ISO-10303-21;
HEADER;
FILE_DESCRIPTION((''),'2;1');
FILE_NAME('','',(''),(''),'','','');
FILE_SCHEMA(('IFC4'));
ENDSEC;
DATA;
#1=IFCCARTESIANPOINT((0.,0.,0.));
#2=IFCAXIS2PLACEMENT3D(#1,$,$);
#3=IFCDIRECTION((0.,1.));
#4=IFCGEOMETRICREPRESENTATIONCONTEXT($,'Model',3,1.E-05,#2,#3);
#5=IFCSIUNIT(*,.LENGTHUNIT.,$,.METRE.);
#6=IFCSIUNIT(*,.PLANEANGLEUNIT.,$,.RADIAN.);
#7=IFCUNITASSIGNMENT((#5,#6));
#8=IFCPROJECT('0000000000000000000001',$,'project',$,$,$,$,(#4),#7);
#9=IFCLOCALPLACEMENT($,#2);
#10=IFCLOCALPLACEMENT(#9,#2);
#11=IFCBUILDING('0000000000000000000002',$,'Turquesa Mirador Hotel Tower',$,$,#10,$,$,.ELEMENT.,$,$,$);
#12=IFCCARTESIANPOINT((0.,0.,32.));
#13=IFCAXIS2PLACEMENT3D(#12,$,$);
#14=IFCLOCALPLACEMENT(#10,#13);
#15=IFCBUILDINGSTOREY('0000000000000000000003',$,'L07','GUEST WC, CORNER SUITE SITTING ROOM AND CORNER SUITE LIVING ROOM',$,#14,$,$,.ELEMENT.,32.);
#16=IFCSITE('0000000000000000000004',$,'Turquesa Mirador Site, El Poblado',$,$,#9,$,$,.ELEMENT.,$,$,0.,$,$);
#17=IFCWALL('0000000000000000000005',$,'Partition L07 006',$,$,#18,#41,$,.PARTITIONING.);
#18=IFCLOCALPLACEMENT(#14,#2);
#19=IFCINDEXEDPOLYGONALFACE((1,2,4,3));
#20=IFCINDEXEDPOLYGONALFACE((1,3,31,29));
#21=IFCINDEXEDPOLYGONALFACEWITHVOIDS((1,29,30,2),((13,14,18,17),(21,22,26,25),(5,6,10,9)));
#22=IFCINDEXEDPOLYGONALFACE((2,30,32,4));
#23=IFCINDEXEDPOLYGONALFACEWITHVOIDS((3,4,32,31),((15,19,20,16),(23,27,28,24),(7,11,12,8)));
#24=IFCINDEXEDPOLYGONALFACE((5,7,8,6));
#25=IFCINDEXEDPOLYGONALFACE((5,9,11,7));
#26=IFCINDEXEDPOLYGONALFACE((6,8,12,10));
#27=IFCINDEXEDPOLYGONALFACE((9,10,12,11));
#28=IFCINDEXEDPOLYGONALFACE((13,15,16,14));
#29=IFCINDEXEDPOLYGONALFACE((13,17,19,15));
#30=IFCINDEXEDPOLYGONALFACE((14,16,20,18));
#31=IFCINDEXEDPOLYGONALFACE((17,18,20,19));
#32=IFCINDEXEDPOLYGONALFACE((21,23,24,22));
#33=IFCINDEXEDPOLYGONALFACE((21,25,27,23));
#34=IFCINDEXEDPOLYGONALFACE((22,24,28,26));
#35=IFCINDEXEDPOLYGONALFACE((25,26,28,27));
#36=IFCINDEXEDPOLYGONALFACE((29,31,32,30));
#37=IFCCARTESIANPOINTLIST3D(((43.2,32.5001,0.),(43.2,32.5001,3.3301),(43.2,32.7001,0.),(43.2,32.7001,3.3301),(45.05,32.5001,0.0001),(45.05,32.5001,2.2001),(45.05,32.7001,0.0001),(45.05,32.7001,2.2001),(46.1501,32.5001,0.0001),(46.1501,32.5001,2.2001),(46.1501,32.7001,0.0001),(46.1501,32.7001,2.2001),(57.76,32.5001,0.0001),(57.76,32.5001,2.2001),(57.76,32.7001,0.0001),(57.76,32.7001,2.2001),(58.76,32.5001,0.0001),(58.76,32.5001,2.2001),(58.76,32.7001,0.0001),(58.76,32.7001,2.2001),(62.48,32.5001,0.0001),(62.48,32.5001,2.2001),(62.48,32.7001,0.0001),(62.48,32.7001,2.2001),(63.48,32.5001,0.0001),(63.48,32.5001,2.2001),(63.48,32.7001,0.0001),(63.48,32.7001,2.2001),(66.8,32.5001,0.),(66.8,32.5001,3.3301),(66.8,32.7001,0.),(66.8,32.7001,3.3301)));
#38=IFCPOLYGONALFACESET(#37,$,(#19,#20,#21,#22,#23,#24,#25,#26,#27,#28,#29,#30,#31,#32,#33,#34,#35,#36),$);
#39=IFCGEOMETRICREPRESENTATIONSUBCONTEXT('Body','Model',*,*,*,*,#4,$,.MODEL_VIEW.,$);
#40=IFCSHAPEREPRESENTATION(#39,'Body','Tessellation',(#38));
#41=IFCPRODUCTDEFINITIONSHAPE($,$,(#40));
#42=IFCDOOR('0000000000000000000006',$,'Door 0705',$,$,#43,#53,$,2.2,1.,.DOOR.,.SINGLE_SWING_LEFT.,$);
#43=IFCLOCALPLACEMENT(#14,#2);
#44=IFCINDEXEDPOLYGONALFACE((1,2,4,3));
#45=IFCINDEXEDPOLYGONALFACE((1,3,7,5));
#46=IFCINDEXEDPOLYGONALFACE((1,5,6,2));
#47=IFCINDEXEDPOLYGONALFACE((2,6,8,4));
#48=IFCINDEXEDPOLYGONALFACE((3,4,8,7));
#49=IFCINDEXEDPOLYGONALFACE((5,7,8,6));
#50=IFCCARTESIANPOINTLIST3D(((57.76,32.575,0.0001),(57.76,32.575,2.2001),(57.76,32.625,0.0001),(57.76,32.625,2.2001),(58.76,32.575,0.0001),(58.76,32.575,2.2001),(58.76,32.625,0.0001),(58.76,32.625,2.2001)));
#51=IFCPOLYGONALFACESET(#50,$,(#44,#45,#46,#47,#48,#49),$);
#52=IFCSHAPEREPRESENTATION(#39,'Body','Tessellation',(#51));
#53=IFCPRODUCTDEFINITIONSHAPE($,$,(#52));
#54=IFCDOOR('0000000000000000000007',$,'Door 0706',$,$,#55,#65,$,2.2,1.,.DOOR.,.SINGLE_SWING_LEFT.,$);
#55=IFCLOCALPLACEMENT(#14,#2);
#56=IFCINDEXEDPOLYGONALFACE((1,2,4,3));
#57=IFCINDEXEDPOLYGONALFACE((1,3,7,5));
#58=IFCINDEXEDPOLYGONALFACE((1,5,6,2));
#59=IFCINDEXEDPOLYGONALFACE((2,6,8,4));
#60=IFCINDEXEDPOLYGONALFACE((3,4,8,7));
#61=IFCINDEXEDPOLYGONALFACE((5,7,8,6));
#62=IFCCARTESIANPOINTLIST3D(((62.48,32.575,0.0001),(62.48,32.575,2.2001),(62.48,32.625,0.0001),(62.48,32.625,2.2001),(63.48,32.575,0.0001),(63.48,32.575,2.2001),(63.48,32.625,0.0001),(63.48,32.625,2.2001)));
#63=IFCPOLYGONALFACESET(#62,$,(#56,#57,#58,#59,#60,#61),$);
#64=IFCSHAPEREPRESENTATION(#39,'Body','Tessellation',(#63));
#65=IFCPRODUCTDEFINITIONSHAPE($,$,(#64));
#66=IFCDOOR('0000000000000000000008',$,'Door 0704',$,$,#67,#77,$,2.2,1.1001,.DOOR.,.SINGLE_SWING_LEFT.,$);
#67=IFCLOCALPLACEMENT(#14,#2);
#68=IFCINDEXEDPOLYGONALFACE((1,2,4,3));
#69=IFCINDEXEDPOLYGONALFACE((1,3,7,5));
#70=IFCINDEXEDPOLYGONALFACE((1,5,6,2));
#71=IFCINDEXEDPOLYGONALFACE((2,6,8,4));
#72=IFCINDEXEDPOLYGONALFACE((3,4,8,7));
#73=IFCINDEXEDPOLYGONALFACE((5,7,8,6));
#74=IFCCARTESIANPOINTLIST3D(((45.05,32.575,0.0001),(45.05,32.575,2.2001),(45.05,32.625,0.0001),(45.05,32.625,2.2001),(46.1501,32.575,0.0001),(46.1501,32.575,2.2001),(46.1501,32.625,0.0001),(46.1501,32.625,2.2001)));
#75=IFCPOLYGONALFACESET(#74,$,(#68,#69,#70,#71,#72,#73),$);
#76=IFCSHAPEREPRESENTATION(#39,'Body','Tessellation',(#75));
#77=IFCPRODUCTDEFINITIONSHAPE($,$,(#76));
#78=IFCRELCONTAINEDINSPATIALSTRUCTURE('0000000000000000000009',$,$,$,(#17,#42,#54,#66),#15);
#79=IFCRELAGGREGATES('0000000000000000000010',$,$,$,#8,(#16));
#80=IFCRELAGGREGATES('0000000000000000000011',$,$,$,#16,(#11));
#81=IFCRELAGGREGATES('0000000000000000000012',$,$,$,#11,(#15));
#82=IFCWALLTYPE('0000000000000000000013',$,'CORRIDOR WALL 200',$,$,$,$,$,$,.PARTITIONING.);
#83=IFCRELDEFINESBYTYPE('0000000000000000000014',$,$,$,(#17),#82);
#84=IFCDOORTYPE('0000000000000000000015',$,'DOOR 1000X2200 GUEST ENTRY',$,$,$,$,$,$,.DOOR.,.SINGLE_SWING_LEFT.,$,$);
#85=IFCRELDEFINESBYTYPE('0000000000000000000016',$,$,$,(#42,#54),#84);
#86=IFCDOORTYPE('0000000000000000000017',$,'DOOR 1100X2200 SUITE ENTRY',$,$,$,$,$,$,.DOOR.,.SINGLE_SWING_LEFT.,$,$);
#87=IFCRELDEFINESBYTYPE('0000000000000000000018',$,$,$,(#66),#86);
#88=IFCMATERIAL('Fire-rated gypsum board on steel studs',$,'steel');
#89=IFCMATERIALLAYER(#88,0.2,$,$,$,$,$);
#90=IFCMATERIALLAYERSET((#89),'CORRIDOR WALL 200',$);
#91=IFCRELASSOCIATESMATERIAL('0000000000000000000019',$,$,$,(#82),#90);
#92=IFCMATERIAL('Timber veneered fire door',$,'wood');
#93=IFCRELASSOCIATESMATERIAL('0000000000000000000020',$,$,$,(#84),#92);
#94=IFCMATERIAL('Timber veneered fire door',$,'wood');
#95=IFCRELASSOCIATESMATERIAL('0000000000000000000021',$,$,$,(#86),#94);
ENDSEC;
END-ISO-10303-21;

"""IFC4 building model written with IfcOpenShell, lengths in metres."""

from ifc_helpers import new_model, si_unit, direction, frame, frame_2d, origin, place, context, subcontext, project, spatial, rectangle, extrude, material, layer, layer_set, type_object, element, fill, save


model = new_model("IFC4")

# Units and contexts
model_context = context("Model", 3, precision=1e-05, world=origin(), true_north=direction((0.0, 1.0)))
body_context = subcontext(model_context, "Body", "Model", "MODEL_VIEW")
ifc_project = project(units=[si_unit("LENGTHUNIT", "METRE"), si_unit("PLANEANGLEUNIT", "RADIAN")], contexts=[model_context])

# Site, building, storey
site_placement = place(None, origin())
site = spatial("IfcSite", under=ifc_project, at=site_placement, Name="Turquesa Mirador Site, El Poblado", CompositionType="ELEMENT", RefElevation=0.0)
building_placement = place(site_placement, origin())
building = spatial("IfcBuilding", under=site, at=building_placement, Name="Turquesa Mirador Hotel Tower", CompositionType="ELEMENT")
storey_placement = place(building_placement, frame((0.0, 0.0, 32.0)))
storey = spatial("IfcBuildingStorey", under=building, at=storey_placement, Name="L07", Description="GUEST WC, CORNER SUITE SITTING ROOM AND CORNER SUITE LIVING ROOM", CompositionType="ELEMENT", Elevation=32.0)

# Wall, openings, doors
ifc_material_1 = material(Name="Fire-rated gypsum board on steel studs", Category="steel")
ifc_layer_1 = layer(ifc_material_1, 0.2)
ifc_layer_set_1 = layer_set([ifc_layer_1], Name="CORRIDOR WALL 200")
wall_type_1 = type_object("IfcWallType", Name="CORRIDOR WALL 200", PredefinedType="PARTITIONING", material=ifc_layer_set_1)
wall_1_placement = place(storey_placement, frame((43.2, 32.6001, 0.0), z_axis=(0.0, 0.0, 1.0), x_axis=(1.0, 0.0, 0.0)))
wall_1 = element("IfcWall", 1, at=wall_1_placement, inside=storey, type_object=wall_type_1, Name="Partition L07 006", PredefinedType="PARTITIONING", context=body_context, shape_type="SweptSolid", body=[
    extrude(rectangle(XDim=23.6001, YDim=0.2, at=frame_2d((11.8, 0.0))), origin(), (0.0, 0.0, 1.0), 3.3301),
])
opening_1_placement = place(wall_1_placement, frame((1.8501, 0.0, 0.0)))
opening_1 = element("IfcOpeningElement", 2, at=opening_1_placement, cuts=wall_1, PredefinedType="OPENING", context=body_context, shape_type="SweptSolid", body=[
    extrude(rectangle(XDim=1.1001, YDim=2.2, at=frame_2d((0.55, 1.1001))), frame((0.0, 0.1099, 0.0), z_axis=(0.0, -1.0, 0.0), x_axis=(1.0, 0.0, 0.0)), (0.0, 0.0, 1.0), 0.22),
])
opening_2_placement = place(wall_1_placement, frame((14.5601, 0.0, 0.0)))
opening_2 = element("IfcOpeningElement", 3, at=opening_2_placement, cuts=wall_1, PredefinedType="OPENING", context=body_context, shape_type="SweptSolid", body=[
    extrude(rectangle(XDim=1.0, YDim=2.2, at=frame_2d((0.5, 1.1001))), frame((0.0, 0.1099, 0.0), z_axis=(0.0, -1.0, 0.0), x_axis=(1.0, 0.0, 0.0)), (0.0, 0.0, 1.0), 0.22),
])
opening_3_placement = place(wall_1_placement, frame((19.28, 0.0, 0.0)))
opening_3 = element("IfcOpeningElement", 4, at=opening_3_placement, cuts=wall_1, PredefinedType="OPENING", context=body_context, shape_type="SweptSolid", body=[
    extrude(rectangle(XDim=1.0, YDim=2.2, at=frame_2d((0.5, 1.1001))), frame((0.0, 0.1099, 0.0), z_axis=(0.0, -1.0, 0.0), x_axis=(1.0, 0.0, 0.0)), (0.0, 0.0, 1.0), 0.22),
])
ifc_material_2 = material(Name="Timber veneered fire door", Category="wood")
door_type_1 = type_object("IfcDoorType", Name="DOOR 1000X2200 GUEST ENTRY", OperationType="SINGLE_SWING_LEFT", PredefinedType="DOOR", material=ifc_material_2)
door_1_placement = place(opening_2_placement, origin())
door_1 = element("IfcDoor", 5, at=door_1_placement, inside=storey, type_object=door_type_1, Name="Door 0705", OperationType="SINGLE_SWING_LEFT", OverallHeight=2.2, OverallWidth=1.0, PredefinedType="DOOR", context=body_context, shape_type="SweptSolid", body=[
    extrude(rectangle(XDim=1.0, YDim=2.2, at=frame_2d((0.5, 1.1001))), frame((0.0, 0.0249, 0.0), z_axis=(0.0, -1.0, 0.0), x_axis=(1.0, 0.0, 0.0)), (0.0, 0.0, 1.0), 0.05),
])
fill(opening_2, door_1)
door_2_placement = place(opening_3_placement, origin())
door_2 = element("IfcDoor", 6, at=door_2_placement, inside=storey, type_object=door_type_1, Name="Door 0706", OperationType="SINGLE_SWING_LEFT", OverallHeight=2.2, OverallWidth=1.0, PredefinedType="DOOR", context=body_context, shape_type="SweptSolid", body=[
    extrude(rectangle(XDim=1.0, YDim=2.2, at=frame_2d((0.5, 1.1001))), frame((0.0, 0.0249, 0.0), z_axis=(0.0, -1.0, 0.0), x_axis=(1.0, 0.0, 0.0)), (0.0, 0.0, 1.0), 0.05),
])
fill(opening_3, door_2)
ifc_material_3 = material(Name="Timber veneered fire door", Category="wood")
door_type_2 = type_object("IfcDoorType", Name="DOOR 1100X2200 SUITE ENTRY", OperationType="SINGLE_SWING_LEFT", PredefinedType="DOOR", material=ifc_material_3)
door_3_placement = place(opening_1_placement, origin())
door_3 = element("IfcDoor", 7, at=door_3_placement, inside=storey, type_object=door_type_2, Name="Door 0704", OperationType="SINGLE_SWING_LEFT", OverallHeight=2.2, OverallWidth=1.1001, PredefinedType="DOOR", context=body_context, shape_type="SweptSolid", body=[
    extrude(rectangle(XDim=1.1001, YDim=2.2, at=frame_2d((0.55, 1.1001))), frame((0.0, 0.0249, 0.0), z_axis=(0.0, -1.0, 0.0), x_axis=(1.0, 0.0, 0.0)), (0.0, 0.0, 1.0), 0.05),
])
fill(opening_1, door_3)

save(model, "model.ifc")
